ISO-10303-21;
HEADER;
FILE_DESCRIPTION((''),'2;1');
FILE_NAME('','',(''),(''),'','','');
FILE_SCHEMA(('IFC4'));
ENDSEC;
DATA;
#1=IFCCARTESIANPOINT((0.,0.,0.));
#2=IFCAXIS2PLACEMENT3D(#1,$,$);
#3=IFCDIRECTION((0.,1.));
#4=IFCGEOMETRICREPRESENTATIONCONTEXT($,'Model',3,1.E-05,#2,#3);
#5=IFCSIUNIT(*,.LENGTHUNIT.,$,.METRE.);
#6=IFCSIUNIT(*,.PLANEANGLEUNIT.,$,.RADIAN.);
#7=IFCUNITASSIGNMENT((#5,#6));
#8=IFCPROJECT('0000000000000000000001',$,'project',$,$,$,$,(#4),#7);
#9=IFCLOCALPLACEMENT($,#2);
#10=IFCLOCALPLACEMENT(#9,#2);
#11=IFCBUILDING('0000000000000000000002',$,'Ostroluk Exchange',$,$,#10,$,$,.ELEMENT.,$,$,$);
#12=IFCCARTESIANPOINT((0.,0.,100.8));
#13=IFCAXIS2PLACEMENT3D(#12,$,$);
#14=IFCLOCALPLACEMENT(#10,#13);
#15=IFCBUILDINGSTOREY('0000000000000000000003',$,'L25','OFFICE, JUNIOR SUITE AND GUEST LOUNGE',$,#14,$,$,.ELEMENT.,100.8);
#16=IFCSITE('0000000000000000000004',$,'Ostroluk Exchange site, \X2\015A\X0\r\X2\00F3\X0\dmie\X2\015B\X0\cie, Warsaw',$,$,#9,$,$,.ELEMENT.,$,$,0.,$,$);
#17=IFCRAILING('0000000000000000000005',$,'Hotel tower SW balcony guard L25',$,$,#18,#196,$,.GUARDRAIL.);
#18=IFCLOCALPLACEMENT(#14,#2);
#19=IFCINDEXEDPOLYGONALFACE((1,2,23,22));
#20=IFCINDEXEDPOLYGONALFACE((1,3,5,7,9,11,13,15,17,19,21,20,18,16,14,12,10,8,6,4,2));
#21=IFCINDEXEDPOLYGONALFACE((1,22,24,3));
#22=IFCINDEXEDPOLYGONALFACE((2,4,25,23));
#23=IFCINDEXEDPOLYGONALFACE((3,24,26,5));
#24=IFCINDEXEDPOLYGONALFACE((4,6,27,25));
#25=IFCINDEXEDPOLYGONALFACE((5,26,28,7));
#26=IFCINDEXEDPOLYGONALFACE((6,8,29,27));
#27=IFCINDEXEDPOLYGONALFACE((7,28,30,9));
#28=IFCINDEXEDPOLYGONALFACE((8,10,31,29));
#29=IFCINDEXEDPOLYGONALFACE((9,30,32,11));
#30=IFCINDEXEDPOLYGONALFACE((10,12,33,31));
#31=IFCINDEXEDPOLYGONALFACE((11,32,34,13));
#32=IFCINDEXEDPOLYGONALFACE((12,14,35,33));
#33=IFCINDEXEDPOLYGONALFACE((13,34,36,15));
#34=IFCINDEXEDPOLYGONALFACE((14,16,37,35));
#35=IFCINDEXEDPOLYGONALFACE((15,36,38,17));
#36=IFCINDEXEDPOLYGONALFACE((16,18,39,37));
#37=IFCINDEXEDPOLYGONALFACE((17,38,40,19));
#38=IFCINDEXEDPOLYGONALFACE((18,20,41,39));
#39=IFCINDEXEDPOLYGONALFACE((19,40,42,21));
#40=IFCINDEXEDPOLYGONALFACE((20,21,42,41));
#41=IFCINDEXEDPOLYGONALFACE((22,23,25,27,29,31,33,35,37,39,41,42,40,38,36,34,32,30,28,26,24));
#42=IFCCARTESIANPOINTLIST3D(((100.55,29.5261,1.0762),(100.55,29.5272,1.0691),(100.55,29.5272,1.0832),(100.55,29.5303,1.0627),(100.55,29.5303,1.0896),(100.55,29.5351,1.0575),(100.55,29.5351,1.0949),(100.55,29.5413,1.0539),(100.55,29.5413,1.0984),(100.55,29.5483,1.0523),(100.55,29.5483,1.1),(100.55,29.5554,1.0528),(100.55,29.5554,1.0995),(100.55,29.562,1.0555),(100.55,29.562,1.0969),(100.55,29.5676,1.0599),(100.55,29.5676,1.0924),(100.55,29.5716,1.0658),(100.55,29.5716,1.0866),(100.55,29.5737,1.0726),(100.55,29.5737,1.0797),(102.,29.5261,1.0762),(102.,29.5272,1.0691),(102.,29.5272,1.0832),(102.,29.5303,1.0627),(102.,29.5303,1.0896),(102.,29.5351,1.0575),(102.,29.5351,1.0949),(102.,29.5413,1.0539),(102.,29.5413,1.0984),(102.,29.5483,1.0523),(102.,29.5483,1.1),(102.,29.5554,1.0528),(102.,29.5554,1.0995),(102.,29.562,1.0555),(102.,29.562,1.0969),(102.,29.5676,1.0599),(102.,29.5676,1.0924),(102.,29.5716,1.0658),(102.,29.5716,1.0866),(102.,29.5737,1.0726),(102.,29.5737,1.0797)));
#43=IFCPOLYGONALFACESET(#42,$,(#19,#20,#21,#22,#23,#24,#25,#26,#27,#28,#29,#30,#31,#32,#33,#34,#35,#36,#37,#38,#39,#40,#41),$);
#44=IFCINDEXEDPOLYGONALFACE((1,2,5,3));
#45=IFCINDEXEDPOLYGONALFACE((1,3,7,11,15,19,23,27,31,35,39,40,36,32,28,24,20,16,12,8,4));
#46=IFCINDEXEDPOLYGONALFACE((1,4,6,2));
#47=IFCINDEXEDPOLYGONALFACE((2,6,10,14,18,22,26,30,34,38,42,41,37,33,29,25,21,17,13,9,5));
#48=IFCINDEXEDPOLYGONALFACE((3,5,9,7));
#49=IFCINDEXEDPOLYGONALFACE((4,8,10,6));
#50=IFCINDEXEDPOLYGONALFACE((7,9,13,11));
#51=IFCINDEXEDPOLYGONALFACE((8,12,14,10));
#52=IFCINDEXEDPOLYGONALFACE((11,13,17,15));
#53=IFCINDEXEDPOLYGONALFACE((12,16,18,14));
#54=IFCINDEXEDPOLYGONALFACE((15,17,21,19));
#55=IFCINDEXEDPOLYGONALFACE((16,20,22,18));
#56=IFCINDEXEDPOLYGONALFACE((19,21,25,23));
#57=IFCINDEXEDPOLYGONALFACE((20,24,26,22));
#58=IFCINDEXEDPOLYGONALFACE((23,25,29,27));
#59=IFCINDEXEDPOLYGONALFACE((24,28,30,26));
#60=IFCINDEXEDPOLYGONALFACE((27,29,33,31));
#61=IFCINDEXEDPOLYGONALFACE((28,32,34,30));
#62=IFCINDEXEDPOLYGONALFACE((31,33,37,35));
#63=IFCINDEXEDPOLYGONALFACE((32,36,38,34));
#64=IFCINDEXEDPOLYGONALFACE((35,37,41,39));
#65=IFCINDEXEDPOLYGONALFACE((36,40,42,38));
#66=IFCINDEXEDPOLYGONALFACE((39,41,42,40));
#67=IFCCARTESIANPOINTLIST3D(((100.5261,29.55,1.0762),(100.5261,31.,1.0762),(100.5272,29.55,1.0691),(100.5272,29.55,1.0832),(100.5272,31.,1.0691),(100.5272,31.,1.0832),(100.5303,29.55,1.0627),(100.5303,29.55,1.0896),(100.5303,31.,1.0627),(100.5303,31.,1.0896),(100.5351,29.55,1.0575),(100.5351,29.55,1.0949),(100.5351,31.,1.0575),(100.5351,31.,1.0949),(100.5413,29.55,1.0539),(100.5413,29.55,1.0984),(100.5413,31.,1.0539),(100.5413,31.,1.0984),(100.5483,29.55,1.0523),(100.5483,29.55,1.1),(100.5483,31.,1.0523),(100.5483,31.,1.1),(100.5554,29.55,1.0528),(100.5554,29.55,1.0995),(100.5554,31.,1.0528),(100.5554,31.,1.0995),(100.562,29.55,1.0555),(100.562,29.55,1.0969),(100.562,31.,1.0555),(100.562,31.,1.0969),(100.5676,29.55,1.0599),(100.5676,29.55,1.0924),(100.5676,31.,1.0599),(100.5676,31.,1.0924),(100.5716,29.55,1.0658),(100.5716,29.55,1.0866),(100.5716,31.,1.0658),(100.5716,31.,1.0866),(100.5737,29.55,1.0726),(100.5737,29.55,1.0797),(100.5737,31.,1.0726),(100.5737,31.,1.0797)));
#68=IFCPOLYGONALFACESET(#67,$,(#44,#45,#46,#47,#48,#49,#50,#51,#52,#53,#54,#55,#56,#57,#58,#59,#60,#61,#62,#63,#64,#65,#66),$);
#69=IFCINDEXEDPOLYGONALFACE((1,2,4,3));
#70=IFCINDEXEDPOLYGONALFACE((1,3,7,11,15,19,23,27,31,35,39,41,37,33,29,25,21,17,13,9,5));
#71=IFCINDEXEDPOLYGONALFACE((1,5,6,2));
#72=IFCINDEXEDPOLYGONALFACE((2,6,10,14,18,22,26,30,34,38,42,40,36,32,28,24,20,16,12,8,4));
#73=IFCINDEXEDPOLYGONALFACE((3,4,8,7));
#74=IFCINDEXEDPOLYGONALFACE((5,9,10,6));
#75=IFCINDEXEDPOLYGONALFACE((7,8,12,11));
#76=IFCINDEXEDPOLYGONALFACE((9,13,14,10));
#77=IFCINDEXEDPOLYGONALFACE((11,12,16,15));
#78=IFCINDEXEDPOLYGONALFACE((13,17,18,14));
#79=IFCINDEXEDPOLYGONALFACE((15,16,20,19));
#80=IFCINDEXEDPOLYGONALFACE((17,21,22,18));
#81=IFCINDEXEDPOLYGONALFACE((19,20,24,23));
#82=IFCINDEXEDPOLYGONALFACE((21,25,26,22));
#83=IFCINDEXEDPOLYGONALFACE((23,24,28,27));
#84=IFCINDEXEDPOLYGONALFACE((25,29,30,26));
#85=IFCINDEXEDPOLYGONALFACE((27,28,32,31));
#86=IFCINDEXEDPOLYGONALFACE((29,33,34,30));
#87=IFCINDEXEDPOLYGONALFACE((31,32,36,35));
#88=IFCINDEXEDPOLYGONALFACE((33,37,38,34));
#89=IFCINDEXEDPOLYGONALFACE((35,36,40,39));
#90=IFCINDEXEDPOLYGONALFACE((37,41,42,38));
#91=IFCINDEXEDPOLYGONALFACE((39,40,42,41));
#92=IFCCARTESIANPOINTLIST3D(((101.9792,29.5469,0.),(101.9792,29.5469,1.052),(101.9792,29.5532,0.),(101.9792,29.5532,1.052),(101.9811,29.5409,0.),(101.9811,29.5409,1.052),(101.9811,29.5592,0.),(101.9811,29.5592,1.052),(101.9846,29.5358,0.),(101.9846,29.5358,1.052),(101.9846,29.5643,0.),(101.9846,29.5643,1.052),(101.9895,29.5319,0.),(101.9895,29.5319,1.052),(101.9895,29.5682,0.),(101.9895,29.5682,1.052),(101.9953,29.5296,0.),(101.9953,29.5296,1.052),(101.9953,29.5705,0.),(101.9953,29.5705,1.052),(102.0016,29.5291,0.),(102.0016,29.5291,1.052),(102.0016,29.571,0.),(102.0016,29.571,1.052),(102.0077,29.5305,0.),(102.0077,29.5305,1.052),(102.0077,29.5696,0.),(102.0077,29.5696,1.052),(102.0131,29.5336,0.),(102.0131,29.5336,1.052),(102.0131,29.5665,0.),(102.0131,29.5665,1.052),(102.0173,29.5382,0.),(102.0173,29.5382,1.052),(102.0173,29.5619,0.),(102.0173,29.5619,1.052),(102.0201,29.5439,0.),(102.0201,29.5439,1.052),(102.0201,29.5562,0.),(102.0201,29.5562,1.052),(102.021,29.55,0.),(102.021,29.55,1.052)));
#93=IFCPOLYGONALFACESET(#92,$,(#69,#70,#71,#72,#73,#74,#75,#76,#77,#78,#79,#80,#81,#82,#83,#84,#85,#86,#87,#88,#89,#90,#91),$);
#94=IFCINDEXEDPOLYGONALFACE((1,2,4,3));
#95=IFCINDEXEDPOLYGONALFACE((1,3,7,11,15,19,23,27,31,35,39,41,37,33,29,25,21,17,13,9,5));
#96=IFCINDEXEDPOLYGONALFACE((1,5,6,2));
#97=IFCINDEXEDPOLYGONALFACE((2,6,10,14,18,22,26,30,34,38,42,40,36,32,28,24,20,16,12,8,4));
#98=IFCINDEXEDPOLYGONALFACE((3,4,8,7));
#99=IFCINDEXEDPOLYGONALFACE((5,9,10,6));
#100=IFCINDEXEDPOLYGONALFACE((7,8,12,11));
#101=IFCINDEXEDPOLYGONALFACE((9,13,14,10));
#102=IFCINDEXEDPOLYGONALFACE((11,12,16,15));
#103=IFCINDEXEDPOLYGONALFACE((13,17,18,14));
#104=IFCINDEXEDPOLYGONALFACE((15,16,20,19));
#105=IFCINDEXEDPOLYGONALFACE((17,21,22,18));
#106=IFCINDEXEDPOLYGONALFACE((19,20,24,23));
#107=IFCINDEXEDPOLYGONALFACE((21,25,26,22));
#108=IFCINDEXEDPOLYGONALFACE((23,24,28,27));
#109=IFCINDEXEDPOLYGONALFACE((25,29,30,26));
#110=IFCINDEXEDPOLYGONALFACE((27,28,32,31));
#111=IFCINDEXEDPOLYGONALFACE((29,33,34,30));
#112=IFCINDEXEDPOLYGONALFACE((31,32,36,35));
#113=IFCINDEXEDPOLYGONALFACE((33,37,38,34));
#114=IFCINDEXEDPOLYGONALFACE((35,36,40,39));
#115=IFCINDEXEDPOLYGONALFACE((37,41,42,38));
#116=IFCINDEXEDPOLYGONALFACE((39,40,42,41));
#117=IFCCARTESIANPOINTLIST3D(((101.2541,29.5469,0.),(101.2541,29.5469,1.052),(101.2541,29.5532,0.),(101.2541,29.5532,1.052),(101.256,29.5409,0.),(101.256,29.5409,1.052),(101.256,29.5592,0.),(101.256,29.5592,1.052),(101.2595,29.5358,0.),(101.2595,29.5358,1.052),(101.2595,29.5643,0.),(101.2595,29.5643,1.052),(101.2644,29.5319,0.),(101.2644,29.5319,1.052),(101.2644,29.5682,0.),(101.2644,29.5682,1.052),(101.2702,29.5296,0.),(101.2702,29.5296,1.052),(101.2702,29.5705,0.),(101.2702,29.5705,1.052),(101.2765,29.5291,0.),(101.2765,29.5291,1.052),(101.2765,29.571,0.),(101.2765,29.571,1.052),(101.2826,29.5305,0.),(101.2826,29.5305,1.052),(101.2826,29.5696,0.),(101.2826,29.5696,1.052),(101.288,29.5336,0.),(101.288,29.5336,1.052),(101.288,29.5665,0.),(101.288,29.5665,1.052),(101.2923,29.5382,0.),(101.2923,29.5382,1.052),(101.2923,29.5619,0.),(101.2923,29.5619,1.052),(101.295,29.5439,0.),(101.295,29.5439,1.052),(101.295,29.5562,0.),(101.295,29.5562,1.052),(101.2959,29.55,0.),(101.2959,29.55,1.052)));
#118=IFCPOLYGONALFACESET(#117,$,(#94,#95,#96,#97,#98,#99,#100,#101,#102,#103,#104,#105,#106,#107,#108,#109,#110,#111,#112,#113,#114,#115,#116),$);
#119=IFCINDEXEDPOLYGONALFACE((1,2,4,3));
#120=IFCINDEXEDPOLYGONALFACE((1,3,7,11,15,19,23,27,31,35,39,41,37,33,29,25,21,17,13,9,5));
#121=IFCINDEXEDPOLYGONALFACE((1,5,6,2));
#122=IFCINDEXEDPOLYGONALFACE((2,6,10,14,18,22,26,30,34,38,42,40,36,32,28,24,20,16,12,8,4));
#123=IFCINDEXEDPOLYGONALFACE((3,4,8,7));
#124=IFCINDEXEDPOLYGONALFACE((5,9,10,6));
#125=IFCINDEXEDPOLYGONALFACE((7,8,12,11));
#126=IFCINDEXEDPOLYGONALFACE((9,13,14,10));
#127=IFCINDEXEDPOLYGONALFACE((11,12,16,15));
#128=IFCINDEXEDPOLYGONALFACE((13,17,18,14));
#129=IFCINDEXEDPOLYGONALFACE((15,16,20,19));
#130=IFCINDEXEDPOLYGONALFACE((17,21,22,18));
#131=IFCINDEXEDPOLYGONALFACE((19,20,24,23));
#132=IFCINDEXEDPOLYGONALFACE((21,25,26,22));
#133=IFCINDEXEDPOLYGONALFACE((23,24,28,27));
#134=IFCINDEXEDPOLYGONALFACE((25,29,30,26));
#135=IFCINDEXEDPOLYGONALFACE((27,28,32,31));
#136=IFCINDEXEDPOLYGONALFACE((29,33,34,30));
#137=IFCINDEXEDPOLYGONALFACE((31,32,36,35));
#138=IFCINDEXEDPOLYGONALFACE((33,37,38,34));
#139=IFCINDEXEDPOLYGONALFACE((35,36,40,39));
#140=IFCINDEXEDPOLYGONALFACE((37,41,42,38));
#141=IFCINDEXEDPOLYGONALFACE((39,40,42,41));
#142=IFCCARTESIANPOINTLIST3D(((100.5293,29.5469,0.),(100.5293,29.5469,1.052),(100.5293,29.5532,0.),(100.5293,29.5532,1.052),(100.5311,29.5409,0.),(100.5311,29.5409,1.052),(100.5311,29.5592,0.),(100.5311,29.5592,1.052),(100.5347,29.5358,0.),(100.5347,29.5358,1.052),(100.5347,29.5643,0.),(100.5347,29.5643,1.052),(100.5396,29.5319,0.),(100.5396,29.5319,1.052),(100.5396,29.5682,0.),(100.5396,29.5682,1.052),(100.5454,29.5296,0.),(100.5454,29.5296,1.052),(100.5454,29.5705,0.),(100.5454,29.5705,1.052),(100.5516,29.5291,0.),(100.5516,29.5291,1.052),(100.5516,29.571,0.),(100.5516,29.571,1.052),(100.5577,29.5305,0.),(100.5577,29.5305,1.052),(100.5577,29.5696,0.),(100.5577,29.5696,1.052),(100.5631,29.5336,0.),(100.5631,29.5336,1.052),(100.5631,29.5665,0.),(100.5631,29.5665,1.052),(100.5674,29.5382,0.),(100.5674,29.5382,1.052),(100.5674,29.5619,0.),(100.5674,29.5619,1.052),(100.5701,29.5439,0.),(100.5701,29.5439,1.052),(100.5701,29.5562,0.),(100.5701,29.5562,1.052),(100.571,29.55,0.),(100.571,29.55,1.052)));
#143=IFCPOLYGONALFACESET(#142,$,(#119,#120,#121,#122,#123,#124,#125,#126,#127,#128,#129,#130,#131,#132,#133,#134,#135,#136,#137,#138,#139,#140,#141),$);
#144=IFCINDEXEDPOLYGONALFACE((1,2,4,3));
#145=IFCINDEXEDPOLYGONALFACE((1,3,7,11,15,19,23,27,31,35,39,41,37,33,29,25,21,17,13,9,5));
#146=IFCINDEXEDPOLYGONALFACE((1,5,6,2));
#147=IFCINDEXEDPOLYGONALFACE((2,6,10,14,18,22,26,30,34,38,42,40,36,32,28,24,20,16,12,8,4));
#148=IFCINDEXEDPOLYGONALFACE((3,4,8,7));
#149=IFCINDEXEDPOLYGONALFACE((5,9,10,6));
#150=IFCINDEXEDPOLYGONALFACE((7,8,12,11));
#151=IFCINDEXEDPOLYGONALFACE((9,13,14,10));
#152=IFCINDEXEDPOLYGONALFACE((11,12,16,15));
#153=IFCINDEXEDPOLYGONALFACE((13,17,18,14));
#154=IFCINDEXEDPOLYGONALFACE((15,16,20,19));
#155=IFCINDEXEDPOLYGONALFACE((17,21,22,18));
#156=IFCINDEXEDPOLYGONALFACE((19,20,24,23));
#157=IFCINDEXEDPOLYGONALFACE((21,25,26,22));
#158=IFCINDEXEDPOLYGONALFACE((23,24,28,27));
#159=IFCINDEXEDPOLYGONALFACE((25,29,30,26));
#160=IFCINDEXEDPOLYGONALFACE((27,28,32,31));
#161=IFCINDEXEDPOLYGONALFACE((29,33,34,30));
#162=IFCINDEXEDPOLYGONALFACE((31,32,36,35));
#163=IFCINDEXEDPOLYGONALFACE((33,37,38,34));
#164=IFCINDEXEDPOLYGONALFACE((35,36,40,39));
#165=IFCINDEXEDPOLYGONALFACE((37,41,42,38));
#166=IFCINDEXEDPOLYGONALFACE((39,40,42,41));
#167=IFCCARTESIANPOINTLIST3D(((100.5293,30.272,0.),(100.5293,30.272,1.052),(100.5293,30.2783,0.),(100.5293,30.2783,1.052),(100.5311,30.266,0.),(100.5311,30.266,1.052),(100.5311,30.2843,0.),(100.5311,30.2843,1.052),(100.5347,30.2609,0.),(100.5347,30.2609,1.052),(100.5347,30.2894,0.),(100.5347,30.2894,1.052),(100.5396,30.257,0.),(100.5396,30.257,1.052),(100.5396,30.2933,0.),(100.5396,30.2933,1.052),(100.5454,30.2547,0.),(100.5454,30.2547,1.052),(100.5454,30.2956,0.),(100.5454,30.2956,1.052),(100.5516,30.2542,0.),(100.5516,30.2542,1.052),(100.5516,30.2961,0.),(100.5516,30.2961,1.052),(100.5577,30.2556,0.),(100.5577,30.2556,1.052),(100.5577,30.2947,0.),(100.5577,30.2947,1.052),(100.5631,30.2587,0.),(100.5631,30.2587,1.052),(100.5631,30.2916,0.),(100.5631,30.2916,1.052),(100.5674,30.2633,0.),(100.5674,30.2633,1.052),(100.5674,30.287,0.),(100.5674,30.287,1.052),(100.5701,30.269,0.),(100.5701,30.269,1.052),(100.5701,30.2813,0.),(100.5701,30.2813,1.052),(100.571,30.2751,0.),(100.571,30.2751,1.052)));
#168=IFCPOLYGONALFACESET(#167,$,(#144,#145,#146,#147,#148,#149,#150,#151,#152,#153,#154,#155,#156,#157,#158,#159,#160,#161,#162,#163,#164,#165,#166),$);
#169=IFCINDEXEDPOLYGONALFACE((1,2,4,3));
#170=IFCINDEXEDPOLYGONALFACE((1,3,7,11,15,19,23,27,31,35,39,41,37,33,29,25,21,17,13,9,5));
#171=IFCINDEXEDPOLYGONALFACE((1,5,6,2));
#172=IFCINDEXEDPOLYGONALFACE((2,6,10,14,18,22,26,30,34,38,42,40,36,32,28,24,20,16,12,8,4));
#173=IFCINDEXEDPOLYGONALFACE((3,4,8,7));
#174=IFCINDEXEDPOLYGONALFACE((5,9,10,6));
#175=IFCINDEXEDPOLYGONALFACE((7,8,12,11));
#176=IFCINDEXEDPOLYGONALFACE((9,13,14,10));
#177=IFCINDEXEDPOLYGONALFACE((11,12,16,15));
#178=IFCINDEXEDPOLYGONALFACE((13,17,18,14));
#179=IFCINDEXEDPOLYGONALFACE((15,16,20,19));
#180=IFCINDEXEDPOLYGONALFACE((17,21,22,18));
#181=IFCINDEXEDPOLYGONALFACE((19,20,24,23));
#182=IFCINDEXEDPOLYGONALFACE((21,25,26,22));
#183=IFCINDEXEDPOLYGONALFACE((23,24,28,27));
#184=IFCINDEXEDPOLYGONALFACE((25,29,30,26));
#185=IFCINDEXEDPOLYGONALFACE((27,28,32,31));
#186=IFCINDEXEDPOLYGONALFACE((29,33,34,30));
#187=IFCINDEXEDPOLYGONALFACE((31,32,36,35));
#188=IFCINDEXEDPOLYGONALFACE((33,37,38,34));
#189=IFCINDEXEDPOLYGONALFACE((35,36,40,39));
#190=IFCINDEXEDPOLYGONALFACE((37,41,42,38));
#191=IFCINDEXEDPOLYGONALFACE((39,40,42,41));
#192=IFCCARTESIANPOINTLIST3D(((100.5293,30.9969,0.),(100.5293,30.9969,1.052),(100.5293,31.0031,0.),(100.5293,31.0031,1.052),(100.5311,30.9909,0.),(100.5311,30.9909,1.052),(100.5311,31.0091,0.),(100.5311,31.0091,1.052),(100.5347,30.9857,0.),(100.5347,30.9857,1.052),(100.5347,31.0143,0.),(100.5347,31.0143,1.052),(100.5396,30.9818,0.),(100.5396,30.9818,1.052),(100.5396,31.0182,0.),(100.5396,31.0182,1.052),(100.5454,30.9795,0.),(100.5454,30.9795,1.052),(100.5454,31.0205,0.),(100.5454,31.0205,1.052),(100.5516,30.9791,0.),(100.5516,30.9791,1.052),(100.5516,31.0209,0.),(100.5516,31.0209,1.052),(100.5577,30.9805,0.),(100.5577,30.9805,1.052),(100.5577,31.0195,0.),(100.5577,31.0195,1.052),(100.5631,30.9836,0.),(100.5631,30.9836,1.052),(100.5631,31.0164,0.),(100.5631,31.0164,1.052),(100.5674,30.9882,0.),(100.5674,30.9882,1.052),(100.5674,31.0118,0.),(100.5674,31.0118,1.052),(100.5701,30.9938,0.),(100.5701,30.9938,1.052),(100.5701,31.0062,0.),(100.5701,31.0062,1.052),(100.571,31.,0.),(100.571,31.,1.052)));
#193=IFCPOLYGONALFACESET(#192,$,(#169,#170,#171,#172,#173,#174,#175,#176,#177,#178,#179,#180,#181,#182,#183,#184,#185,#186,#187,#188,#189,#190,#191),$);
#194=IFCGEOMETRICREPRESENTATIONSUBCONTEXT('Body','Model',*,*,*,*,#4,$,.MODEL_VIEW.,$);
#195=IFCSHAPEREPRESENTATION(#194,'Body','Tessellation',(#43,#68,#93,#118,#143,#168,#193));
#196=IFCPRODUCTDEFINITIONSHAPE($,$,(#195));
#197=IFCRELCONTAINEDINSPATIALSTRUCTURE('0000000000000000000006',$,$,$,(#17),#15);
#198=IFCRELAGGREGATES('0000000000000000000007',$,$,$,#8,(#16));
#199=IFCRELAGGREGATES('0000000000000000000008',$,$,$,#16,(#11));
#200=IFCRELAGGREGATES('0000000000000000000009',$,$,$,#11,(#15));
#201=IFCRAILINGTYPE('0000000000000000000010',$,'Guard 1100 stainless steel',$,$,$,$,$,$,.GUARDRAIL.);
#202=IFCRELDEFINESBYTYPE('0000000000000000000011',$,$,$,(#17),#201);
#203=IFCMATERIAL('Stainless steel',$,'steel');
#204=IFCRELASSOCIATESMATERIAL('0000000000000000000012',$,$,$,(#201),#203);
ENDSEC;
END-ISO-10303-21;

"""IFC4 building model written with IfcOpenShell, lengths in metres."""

from ifc_helpers import new_model, si_unit, direction, frame, origin, origin_2d, place, context, subcontext, project, spatial, circle, extrude, material, type_object, element, save


model = new_model("IFC4")

# Units and contexts
model_context = context("Model", 3, precision=1e-05, world=origin(), true_north=direction((0.0, 1.0)))
body_context = subcontext(model_context, "Body", "Model", "MODEL_VIEW")
ifc_project = project(units=[si_unit("LENGTHUNIT", "METRE"), si_unit("PLANEANGLEUNIT", "RADIAN")], contexts=[model_context])

# Site, building, storey
site_placement = place(None, origin())
site = spatial("IfcSite", under=ifc_project, at=site_placement, Name="Ostroluk Exchange site, Śródmieście, Warsaw", CompositionType="ELEMENT", RefElevation=0.0)
building_placement = place(site_placement, origin())
building = spatial("IfcBuilding", under=site, at=building_placement, Name="Ostroluk Exchange", CompositionType="ELEMENT")
storey_placement = place(building_placement, frame((0.0, 0.0, 100.8)))
storey = spatial("IfcBuildingStorey", under=building, at=storey_placement, Name="L25", Description="OFFICE, JUNIOR SUITE AND GUEST LOUNGE", CompositionType="ELEMENT", Elevation=100.8)

# Railing
ifc_material_1 = material(Name="Stainless steel", Category="steel")
railing_type_1 = type_object("IfcRailingType", Name="Guard 1100 stainless steel", PredefinedType="GUARDRAIL", material=ifc_material_1)
railing_1_placement = place(storey_placement, frame((102.0, 29.55, 0.0)))
element("IfcRailing", 1, at=railing_1_placement, inside=storey, type_object=railing_type_1, Name="Hotel tower SW balcony guard L25", PredefinedType="GUARDRAIL", context=body_context, shape_type="SweptSolid", body=[
    extrude(circle(Radius=0.0239, at=origin_2d()), frame((0.0, 0.0, 1.0762), z_axis=(-1.0, 0.0, 0.0), x_axis=(0.0, -1.0, 0.0)), (0.0, 0.0, 1.0), 1.45),
    extrude(circle(Radius=0.0239, at=origin_2d()), frame((-1.45, 0.0, 1.0762), z_axis=(0.0, 1.0, 0.0), x_axis=(-1.0, 0.0, 0.0)), (0.0, 0.0, 1.0), 1.45),
    extrude(circle(Radius=0.021, at=origin_2d()), origin(), (0.0, 0.0, 1.0), 1.052),
    extrude(circle(Radius=0.021, at=origin_2d()), frame((-0.7251, 0.0, 0.0)), (0.0, 0.0, 1.0), 1.052),
    extrude(circle(Radius=0.021, at=origin_2d()), frame((-1.45, 0.0, 0.0)), (0.0, 0.0, 1.0), 1.052),
    extrude(circle(Radius=0.021, at=origin_2d()), frame((-1.45, 0.7251, 0.0)), (0.0, 0.0, 1.0), 1.052),
    extrude(circle(Radius=0.021, at=origin_2d()), frame((-1.45, 1.45, 0.0)), (0.0, 0.0, 1.0), 1.052),
])

save(model, "model.ifc")
